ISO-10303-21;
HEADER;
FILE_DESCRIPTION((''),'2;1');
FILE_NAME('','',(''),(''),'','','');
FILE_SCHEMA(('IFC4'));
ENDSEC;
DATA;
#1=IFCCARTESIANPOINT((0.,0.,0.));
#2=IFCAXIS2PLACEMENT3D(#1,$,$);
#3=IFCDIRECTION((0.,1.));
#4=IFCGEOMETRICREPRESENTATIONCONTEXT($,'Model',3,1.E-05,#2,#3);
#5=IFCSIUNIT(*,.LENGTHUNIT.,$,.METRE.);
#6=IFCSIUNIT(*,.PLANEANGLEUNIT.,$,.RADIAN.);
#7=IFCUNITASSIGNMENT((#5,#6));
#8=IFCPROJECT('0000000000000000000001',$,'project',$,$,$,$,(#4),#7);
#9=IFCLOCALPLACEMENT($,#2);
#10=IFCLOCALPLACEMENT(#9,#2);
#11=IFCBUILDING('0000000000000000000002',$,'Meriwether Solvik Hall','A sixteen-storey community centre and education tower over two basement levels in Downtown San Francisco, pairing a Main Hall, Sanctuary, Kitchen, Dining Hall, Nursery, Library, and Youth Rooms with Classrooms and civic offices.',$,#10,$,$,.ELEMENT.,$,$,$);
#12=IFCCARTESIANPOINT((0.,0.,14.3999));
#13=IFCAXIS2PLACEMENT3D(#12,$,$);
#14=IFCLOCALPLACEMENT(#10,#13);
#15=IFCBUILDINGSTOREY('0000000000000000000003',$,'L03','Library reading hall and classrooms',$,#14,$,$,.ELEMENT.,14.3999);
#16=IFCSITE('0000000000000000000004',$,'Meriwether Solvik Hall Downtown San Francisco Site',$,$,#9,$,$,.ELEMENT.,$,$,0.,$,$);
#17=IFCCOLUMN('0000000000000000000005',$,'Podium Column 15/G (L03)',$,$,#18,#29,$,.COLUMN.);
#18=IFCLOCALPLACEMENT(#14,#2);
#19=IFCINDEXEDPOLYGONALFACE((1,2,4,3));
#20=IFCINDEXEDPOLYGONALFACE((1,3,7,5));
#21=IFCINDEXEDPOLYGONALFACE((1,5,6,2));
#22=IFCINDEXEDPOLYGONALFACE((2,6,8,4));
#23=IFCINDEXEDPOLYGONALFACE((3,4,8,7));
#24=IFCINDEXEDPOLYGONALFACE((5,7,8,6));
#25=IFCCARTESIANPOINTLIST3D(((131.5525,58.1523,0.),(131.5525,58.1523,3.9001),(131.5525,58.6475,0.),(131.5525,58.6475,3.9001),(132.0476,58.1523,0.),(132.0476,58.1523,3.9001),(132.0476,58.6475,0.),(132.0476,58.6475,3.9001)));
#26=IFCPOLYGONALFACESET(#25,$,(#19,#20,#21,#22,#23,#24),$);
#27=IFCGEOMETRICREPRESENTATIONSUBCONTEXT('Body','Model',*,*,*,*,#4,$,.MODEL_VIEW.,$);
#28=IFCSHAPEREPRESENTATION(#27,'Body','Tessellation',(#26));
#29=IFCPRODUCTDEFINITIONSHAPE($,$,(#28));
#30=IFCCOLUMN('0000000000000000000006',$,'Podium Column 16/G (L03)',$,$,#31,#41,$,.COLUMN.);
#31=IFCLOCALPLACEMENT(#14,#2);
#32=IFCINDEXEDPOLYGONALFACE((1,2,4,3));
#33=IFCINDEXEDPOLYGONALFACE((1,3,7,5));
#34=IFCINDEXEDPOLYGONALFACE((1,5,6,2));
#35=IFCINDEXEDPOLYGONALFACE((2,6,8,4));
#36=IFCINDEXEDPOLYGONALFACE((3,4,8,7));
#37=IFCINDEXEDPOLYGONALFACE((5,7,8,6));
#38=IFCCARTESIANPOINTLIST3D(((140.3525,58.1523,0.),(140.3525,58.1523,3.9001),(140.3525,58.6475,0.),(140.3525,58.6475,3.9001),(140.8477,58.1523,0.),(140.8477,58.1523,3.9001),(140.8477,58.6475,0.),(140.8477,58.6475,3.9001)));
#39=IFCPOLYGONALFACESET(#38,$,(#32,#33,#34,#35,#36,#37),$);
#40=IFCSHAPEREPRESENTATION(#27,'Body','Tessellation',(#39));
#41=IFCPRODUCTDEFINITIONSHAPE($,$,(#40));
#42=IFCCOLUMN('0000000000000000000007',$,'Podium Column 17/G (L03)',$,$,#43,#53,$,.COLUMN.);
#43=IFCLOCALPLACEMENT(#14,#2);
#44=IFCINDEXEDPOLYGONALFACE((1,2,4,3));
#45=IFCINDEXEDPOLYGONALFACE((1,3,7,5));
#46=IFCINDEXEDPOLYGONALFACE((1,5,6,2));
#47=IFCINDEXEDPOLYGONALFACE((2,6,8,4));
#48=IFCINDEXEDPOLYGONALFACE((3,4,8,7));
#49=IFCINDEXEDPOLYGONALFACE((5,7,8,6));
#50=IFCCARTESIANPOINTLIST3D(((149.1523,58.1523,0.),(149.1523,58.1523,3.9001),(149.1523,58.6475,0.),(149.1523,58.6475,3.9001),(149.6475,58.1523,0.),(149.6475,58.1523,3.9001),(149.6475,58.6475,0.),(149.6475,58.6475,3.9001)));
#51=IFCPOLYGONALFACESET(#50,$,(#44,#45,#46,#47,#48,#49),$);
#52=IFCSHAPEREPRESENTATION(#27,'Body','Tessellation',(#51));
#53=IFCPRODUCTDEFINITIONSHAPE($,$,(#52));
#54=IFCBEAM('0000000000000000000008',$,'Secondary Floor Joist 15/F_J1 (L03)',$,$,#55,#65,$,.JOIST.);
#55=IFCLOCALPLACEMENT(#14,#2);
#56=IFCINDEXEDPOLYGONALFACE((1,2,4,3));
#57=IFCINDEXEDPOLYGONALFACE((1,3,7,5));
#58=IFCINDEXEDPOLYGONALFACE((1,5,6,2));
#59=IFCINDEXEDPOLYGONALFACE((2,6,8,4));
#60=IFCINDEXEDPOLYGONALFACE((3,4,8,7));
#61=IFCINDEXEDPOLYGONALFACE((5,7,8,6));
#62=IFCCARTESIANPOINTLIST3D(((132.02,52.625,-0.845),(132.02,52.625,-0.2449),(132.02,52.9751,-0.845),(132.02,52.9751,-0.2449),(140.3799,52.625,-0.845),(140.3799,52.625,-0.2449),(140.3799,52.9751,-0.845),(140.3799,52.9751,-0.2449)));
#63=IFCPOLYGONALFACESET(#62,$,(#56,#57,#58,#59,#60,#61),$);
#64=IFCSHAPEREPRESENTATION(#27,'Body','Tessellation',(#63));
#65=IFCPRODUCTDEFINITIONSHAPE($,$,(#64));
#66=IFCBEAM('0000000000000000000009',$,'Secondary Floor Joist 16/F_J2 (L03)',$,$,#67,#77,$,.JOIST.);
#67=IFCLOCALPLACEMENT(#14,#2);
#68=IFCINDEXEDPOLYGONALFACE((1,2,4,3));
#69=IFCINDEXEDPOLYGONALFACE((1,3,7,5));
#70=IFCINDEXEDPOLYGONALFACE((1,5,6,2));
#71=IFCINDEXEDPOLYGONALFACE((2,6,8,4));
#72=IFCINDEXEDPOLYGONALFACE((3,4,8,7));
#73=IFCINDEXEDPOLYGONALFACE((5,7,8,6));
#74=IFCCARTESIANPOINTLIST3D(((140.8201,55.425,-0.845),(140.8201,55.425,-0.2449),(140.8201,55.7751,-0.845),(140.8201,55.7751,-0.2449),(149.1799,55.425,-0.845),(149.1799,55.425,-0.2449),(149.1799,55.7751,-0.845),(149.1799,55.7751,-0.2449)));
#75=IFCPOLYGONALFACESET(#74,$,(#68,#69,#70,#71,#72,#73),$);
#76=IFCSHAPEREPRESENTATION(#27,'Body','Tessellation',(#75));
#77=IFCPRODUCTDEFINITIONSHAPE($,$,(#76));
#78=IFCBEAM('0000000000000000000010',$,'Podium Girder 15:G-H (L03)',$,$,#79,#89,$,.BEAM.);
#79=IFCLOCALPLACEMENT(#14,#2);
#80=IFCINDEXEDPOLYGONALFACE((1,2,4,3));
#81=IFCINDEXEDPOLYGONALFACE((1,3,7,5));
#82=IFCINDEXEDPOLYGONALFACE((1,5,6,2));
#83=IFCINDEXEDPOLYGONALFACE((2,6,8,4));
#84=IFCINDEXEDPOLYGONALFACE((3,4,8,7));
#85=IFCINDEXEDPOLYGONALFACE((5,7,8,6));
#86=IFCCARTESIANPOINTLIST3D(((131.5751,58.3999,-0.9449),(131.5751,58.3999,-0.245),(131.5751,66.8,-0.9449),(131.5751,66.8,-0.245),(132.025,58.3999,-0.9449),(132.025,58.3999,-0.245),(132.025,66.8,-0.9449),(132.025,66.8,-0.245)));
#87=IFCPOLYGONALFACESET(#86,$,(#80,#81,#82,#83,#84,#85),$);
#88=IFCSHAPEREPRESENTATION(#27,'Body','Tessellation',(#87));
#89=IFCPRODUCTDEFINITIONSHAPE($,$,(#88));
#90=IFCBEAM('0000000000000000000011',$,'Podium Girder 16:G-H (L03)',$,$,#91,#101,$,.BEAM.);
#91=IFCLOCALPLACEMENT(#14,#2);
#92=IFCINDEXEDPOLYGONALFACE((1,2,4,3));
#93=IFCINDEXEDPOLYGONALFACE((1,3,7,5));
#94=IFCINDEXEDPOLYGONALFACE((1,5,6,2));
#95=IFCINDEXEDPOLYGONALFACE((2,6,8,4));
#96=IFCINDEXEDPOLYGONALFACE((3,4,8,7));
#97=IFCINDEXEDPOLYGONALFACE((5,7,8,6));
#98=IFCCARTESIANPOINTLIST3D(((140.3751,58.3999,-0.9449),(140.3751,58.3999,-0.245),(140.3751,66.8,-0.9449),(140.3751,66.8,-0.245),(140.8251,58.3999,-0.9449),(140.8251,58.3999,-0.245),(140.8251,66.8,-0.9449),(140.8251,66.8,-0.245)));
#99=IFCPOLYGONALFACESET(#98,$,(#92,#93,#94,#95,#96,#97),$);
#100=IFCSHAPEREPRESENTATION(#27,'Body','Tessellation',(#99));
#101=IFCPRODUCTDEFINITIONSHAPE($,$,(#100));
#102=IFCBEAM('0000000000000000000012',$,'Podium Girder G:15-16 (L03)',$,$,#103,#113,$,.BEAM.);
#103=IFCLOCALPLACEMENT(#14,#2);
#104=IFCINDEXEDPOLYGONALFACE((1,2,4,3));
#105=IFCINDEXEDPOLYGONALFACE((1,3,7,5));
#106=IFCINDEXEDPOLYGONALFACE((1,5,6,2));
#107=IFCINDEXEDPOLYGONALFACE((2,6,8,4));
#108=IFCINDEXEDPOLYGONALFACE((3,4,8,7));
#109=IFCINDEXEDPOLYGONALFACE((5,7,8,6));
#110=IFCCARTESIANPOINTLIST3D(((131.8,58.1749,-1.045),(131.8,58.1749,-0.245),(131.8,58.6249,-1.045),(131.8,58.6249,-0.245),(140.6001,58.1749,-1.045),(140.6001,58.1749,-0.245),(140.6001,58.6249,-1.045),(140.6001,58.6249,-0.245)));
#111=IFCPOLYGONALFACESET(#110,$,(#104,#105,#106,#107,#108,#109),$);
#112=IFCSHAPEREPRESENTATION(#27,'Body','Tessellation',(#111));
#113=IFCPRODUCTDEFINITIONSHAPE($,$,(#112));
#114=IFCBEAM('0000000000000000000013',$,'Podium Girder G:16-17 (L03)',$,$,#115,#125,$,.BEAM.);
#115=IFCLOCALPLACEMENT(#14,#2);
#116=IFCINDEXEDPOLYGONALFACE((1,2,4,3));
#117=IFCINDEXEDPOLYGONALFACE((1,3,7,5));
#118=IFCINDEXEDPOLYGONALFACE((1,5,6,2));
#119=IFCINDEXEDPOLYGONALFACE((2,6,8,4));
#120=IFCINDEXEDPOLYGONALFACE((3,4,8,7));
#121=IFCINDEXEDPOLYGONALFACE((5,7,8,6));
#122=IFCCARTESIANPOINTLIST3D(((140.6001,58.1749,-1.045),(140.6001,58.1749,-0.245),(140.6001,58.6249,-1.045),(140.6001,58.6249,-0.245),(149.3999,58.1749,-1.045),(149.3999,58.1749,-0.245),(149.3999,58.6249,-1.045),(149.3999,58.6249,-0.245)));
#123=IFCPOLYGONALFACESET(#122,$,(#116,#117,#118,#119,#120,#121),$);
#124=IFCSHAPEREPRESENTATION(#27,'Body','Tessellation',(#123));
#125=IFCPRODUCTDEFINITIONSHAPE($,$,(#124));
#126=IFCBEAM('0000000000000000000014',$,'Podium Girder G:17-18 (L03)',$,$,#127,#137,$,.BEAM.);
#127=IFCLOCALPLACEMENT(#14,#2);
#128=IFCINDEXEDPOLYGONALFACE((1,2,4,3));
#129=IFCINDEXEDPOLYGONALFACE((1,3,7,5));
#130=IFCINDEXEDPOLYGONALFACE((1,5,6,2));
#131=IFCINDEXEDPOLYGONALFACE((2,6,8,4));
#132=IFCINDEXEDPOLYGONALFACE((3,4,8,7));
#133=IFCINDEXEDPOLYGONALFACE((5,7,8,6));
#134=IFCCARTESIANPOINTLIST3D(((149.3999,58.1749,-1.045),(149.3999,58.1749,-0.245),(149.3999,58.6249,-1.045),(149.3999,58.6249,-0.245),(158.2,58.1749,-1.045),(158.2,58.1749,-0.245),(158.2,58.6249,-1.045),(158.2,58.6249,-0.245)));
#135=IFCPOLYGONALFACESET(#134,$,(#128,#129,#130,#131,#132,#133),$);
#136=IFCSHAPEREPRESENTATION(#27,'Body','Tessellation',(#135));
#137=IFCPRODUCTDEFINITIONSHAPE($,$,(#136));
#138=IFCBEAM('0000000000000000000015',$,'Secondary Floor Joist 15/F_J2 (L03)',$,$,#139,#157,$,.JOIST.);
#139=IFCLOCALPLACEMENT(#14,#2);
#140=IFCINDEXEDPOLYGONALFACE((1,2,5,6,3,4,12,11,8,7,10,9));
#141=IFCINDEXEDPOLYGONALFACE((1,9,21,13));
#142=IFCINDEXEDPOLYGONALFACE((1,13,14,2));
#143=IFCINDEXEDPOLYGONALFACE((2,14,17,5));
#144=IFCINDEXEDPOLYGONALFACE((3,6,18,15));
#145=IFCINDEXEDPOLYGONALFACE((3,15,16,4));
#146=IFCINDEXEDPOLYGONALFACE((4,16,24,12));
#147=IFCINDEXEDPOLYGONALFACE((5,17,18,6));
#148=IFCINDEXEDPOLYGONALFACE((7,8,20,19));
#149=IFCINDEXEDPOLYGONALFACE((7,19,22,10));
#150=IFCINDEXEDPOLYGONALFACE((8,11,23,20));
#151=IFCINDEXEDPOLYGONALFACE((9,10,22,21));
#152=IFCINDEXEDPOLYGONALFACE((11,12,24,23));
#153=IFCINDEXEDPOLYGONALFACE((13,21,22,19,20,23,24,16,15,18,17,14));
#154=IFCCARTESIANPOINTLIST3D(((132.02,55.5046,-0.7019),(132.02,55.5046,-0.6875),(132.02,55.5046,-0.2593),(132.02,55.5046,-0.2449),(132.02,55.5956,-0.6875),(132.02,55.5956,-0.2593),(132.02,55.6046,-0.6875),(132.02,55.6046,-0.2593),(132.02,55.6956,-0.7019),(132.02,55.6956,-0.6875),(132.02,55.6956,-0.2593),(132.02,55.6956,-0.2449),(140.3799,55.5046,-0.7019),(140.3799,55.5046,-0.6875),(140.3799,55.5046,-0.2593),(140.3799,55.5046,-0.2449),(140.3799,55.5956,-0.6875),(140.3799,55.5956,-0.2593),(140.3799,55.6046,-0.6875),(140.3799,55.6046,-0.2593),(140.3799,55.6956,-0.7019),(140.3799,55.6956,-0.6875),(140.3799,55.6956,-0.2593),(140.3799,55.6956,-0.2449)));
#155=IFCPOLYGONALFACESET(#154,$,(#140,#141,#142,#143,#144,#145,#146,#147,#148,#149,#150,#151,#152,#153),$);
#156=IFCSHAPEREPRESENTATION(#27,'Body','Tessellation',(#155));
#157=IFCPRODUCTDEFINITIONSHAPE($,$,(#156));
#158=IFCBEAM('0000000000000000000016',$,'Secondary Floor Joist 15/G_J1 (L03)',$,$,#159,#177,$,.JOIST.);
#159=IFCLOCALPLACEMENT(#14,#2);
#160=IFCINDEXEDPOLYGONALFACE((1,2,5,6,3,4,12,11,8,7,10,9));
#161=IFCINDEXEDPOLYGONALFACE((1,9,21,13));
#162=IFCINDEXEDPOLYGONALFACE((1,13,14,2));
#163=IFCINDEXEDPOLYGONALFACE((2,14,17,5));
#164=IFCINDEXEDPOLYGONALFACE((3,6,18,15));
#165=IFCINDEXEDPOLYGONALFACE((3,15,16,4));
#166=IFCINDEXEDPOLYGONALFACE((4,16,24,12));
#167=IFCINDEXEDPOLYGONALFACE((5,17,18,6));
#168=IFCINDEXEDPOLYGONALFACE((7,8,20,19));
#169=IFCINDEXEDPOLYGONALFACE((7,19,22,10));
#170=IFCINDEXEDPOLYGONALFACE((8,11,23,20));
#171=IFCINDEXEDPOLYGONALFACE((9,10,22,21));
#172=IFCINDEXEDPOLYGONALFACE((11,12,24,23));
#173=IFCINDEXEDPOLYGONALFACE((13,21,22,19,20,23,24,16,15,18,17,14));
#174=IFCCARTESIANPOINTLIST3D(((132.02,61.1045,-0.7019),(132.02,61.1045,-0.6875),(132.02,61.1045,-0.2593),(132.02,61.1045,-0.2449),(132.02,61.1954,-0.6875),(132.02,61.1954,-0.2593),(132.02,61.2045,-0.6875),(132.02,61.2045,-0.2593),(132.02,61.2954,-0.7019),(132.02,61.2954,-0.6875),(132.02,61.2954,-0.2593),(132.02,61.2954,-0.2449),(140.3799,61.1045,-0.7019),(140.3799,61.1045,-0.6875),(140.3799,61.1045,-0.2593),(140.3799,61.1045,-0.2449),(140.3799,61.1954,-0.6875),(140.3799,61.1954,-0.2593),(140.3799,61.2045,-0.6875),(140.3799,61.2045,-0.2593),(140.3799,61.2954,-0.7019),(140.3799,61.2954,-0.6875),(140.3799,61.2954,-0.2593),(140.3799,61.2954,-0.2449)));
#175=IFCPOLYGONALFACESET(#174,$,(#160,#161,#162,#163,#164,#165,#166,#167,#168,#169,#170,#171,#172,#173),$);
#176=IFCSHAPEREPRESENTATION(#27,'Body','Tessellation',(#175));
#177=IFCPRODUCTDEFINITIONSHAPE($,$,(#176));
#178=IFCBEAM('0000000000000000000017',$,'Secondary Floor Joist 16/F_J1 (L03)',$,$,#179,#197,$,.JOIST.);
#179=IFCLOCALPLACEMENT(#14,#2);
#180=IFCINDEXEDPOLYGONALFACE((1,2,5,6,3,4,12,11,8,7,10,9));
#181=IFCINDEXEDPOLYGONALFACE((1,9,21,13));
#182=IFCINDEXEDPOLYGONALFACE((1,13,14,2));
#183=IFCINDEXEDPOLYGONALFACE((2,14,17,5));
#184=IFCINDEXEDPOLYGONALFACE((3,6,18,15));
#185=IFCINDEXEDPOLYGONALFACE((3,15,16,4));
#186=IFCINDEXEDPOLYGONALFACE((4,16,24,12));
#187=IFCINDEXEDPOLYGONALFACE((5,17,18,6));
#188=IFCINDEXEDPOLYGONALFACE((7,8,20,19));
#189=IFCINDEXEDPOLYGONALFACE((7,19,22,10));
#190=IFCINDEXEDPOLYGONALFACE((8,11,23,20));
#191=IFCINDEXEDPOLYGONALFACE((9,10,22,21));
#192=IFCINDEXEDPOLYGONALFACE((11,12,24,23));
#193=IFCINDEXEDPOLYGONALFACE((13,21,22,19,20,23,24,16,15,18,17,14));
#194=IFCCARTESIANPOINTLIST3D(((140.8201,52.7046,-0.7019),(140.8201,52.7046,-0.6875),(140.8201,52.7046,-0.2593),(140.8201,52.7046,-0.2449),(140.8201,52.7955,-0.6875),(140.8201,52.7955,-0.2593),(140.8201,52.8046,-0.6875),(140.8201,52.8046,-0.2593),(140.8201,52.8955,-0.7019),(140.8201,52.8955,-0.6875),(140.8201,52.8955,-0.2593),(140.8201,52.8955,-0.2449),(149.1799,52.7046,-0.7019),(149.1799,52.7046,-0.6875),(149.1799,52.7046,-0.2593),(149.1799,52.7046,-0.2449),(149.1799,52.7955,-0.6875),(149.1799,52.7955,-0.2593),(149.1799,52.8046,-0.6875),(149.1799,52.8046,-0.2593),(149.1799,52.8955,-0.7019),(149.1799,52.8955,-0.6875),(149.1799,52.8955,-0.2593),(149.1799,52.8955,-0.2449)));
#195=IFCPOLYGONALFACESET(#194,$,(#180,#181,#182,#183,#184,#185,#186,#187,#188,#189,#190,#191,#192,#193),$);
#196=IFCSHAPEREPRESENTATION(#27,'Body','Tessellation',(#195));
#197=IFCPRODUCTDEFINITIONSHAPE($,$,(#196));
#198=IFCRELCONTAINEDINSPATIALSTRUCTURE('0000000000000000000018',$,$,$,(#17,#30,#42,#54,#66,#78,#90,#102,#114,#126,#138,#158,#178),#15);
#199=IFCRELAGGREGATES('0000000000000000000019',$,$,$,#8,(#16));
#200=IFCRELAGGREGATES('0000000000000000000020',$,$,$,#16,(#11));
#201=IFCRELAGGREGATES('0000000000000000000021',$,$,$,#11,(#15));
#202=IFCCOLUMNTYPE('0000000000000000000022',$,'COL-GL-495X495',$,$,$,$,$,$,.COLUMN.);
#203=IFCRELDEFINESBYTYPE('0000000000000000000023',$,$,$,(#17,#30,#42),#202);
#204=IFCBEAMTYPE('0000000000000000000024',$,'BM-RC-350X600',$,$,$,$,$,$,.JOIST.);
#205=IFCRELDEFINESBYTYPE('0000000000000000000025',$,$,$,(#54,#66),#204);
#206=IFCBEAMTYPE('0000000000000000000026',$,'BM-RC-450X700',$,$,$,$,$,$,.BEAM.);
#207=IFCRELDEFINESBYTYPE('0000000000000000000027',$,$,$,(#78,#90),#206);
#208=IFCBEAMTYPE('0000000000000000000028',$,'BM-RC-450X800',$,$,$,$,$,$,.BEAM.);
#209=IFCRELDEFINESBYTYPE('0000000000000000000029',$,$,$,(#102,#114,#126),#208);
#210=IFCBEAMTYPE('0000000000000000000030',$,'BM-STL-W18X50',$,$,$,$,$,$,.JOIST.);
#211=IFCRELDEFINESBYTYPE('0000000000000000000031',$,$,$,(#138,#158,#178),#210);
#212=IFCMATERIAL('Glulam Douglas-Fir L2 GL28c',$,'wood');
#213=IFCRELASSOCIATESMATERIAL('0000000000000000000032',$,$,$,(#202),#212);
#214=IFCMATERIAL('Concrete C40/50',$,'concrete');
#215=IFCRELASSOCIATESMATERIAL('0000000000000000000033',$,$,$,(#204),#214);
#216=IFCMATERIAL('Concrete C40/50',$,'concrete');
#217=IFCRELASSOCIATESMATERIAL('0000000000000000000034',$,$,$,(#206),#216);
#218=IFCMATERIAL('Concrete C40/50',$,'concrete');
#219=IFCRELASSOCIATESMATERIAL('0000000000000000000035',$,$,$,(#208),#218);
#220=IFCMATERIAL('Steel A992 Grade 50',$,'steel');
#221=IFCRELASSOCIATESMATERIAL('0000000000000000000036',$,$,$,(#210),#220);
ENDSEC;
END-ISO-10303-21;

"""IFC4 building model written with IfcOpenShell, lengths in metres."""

from ifc_helpers import new_model, si_unit, direction, frame, origin, origin_2d, place, context, subcontext, project, spatial, rectangle, i_section, extrude, material, material_profile, profile_set, type_object, element, save


model = new_model("IFC4")

# Units and contexts
model_context = context("Model", 3, precision=1e-05, world=origin(), true_north=direction((0.0, 1.0)))
body_context = subcontext(model_context, "Body", "Model", "MODEL_VIEW")
ifc_project = project(units=[si_unit("LENGTHUNIT", "METRE"), si_unit("PLANEANGLEUNIT", "RADIAN")], contexts=[model_context])

# Site, building, storey
site_placement = place(None, origin())
site = spatial("IfcSite", under=ifc_project, at=site_placement, Name="Meriwether Solvik Hall Downtown San Francisco Site", CompositionType="ELEMENT", RefElevation=0.0)
building_placement = place(site_placement, origin())
building = spatial("IfcBuilding", under=site, at=building_placement, Name="Meriwether Solvik Hall", Description="A sixteen-storey community centre and education tower over two basement levels in Downtown San Francisco, pairing a Main Hall, Sanctuary, Kitchen, Dining Hall, Nursery, Library, and Youth Rooms with Classrooms and civic offices.", CompositionType="ELEMENT")
storey_placement = place(building_placement, frame((0.0, 0.0, 14.3999)))
storey = spatial("IfcBuildingStorey", under=building, at=storey_placement, Name="L03", Description="Library reading hall and classrooms", CompositionType="ELEMENT", Elevation=14.3999)

# Columns
ifc_material_1 = material(Name="Glulam Douglas-Fir L2 GL28c", Category="wood")
ifc_material_profile_1 = material_profile(ifc_material_1, rectangle(XDim=0.4951, YDim=0.4951, at=origin_2d()), Name="GLC-495X495")
ifc_profile_set_1 = profile_set([ifc_material_profile_1], Name="Glulam Douglas-Fir L2 GL28c")
column_type = type_object("IfcColumnType", Name="COL-GL-495X495", PredefinedType="COLUMN", material=ifc_profile_set_1)
for number, where, z_axis, x_axis, name in (
    (1, (131.8, 58.3999, 0.0), (0.0, 0.0, 1.0), (1.0, 0.0, 0.0), "Podium Column 15/G (L03)"),
    (2, (140.6001, 58.3999, 0.0), (0.0, 0.0, 1.0), (1.0, 0.0, 0.0), "Podium Column 16/G (L03)"),
    (3, (149.3999, 58.3999, 0.0), (0.0, 0.0, 1.0), (1.0, 0.0, 0.0), "Podium Column 17/G (L03)"),
):
    element("IfcColumn", number, at=place(storey_placement, frame(where, z_axis=z_axis, x_axis=x_axis)), inside=storey, type_object=column_type, Name=name, PredefinedType="COLUMN", context=body_context, shape_type="SweptSolid", body=[
        extrude(rectangle(XDim=0.4951, YDim=0.4951, at=origin_2d()), origin(), (0.0, 0.0, 1.0), 3.9001),
    ])

# Beams
ifc_material_2 = material(Name="Concrete C40/50", Category="concrete")
ifc_material_profile_2 = material_profile(ifc_material_2, rectangle(XDim=0.3501, YDim=0.6001, at=origin_2d()), Name="RCB-350X600")
ifc_profile_set_2 = profile_set([ifc_material_profile_2], Name="Concrete C40/50")
beam_type_1 = type_object("IfcBeamType", Name="BM-RC-350X600", PredefinedType="JOIST", material=ifc_profile_set_2)
for number, where, z_axis, x_axis, name in (
    (4, (132.02, 52.8, -0.5449), (1.0, 0.0, 0.0), (0.0, 1.0, 0.0), "Secondary Floor Joist 15/F_J1 (L03)"),
    (5, (140.8201, 55.6001, -0.5449), (1.0, 0.0, 0.0), (0.0, 1.0, 0.0), "Secondary Floor Joist 16/F_J2 (L03)"),
):
    element("IfcBeam", number, at=place(storey_placement, frame(where, z_axis=z_axis, x_axis=x_axis)), inside=storey, type_object=beam_type_1, Name=name, PredefinedType="JOIST", context=body_context, shape_type="SweptSolid", body=[
        extrude(rectangle(XDim=0.3501, YDim=0.6001, at=origin_2d()), origin(), (0.0, 0.0, 1.0), 8.3599),
    ])
ifc_material_3 = material(Name="Concrete C40/50", Category="concrete")
ifc_material_profile_3 = material_profile(ifc_material_3, rectangle(XDim=0.45, YDim=0.7, at=origin_2d()), Name="RCB-450X700")
ifc_profile_set_3 = profile_set([ifc_material_profile_3], Name="Concrete C40/50")
beam_type_2 = type_object("IfcBeamType", Name="BM-RC-450X700", PredefinedType="BEAM", material=ifc_profile_set_3)
for number, where, z_axis, x_axis, name in (
    (6, (131.8, 58.3999, -0.595), (0.0, 1.0, 0.0), (-1.0, 0.0, 0.0), "Podium Girder 15:G-H (L03)"),
    (7, (140.6001, 58.3999, -0.595), (0.0, 1.0, 0.0), (-1.0, 0.0, 0.0), "Podium Girder 16:G-H (L03)"),
):
    element("IfcBeam", number, at=place(storey_placement, frame(where, z_axis=z_axis, x_axis=x_axis)), inside=storey, type_object=beam_type_2, Name=name, PredefinedType="BEAM", context=body_context, shape_type="SweptSolid", body=[
        extrude(rectangle(XDim=0.45, YDim=0.7, at=origin_2d()), origin(), (0.0, 0.0, 1.0), 8.4001),
    ])
ifc_material_4 = material(Name="Concrete C40/50", Category="concrete")
ifc_material_profile_4 = material_profile(ifc_material_4, rectangle(XDim=0.45, YDim=0.8, at=origin_2d()), Name="RCB-450X800")
ifc_profile_set_4 = profile_set([ifc_material_profile_4], Name="Concrete C40/50")
beam_type_3 = type_object("IfcBeamType", Name="BM-RC-450X800", PredefinedType="BEAM", material=ifc_profile_set_4)
beam_1_placement = place(storey_placement, frame((131.8, 58.3999, -0.645), z_axis=(1.0, 0.0, 0.0), x_axis=(0.0, 1.0, 0.0)))
element("IfcBeam", 8, at=beam_1_placement, inside=storey, type_object=beam_type_3, Name="Podium Girder G:15-16 (L03)", PredefinedType="BEAM", context=body_context, shape_type="SweptSolid", body=[
    extrude(rectangle(XDim=0.45, YDim=0.8, at=origin_2d()), origin(), (0.0, 0.0, 1.0), 8.8),
])
beam_2_placement = place(storey_placement, frame((140.6001, 58.3999, -0.645), z_axis=(1.0, 0.0, 0.0), x_axis=(0.0, 1.0, 0.0)))
element("IfcBeam", 9, at=beam_2_placement, inside=storey, type_object=beam_type_3, Name="Podium Girder G:16-17 (L03)", PredefinedType="BEAM", context=body_context, shape_type="SweptSolid", body=[
    extrude(rectangle(XDim=0.45, YDim=0.8, at=origin_2d()), origin(), (0.0, 0.0, 1.0), 8.7998),
])
beam_3_placement = place(storey_placement, frame((149.3999, 58.3999, -0.645), z_axis=(1.0, 0.0, 0.0), x_axis=(0.0, 1.0, 0.0)))
element("IfcBeam", 10, at=beam_3_placement, inside=storey, type_object=beam_type_3, Name="Podium Girder G:17-18 (L03)", PredefinedType="BEAM", context=body_context, shape_type="SweptSolid", body=[
    extrude(rectangle(XDim=0.45, YDim=0.8, at=origin_2d()), origin(), (0.0, 0.0, 1.0), 8.8),
])
ifc_material_5 = material(Name="Steel A992 Grade 50", Category="steel")
ifc_material_profile_5 = material_profile(ifc_material_5, i_section(OverallWidth=0.1909, OverallDepth=0.457, WebThickness=0.009, FlangeThickness=0.0144, at=origin_2d()), Name="W18X50")
ifc_profile_set_5 = profile_set([ifc_material_profile_5], Name="Steel A992 Grade 50")
beam_type_4 = type_object("IfcBeamType", Name="BM-STL-W18X50", PredefinedType="JOIST", material=ifc_profile_set_5)
for number, where, z_axis, x_axis, name in (
    (11, (132.02, 55.6001, -0.4734), (1.0, 0.0, 0.0), (0.0, 1.0, 0.0), "Secondary Floor Joist 15/F_J2 (L03)"),
    (12, (132.02, 61.2, -0.4734), (1.0, 0.0, 0.0), (0.0, 1.0, 0.0), "Secondary Floor Joist 15/G_J1 (L03)"),
    (13, (140.8201, 52.8, -0.4734), (1.0, 0.0, 0.0), (0.0, 1.0, 0.0), "Secondary Floor Joist 16/F_J1 (L03)"),
):
    element("IfcBeam", number, at=place(storey_placement, frame(where, z_axis=z_axis, x_axis=x_axis)), inside=storey, type_object=beam_type_4, Name=name, PredefinedType="JOIST", context=body_context, shape_type="SweptSolid", body=[
        extrude(i_section(OverallWidth=0.1909, OverallDepth=0.457, WebThickness=0.009, FlangeThickness=0.0144, at=origin_2d()), origin(), (0.0, 0.0, 1.0), 8.3599),
    ])

save(model, "model.ifc")
